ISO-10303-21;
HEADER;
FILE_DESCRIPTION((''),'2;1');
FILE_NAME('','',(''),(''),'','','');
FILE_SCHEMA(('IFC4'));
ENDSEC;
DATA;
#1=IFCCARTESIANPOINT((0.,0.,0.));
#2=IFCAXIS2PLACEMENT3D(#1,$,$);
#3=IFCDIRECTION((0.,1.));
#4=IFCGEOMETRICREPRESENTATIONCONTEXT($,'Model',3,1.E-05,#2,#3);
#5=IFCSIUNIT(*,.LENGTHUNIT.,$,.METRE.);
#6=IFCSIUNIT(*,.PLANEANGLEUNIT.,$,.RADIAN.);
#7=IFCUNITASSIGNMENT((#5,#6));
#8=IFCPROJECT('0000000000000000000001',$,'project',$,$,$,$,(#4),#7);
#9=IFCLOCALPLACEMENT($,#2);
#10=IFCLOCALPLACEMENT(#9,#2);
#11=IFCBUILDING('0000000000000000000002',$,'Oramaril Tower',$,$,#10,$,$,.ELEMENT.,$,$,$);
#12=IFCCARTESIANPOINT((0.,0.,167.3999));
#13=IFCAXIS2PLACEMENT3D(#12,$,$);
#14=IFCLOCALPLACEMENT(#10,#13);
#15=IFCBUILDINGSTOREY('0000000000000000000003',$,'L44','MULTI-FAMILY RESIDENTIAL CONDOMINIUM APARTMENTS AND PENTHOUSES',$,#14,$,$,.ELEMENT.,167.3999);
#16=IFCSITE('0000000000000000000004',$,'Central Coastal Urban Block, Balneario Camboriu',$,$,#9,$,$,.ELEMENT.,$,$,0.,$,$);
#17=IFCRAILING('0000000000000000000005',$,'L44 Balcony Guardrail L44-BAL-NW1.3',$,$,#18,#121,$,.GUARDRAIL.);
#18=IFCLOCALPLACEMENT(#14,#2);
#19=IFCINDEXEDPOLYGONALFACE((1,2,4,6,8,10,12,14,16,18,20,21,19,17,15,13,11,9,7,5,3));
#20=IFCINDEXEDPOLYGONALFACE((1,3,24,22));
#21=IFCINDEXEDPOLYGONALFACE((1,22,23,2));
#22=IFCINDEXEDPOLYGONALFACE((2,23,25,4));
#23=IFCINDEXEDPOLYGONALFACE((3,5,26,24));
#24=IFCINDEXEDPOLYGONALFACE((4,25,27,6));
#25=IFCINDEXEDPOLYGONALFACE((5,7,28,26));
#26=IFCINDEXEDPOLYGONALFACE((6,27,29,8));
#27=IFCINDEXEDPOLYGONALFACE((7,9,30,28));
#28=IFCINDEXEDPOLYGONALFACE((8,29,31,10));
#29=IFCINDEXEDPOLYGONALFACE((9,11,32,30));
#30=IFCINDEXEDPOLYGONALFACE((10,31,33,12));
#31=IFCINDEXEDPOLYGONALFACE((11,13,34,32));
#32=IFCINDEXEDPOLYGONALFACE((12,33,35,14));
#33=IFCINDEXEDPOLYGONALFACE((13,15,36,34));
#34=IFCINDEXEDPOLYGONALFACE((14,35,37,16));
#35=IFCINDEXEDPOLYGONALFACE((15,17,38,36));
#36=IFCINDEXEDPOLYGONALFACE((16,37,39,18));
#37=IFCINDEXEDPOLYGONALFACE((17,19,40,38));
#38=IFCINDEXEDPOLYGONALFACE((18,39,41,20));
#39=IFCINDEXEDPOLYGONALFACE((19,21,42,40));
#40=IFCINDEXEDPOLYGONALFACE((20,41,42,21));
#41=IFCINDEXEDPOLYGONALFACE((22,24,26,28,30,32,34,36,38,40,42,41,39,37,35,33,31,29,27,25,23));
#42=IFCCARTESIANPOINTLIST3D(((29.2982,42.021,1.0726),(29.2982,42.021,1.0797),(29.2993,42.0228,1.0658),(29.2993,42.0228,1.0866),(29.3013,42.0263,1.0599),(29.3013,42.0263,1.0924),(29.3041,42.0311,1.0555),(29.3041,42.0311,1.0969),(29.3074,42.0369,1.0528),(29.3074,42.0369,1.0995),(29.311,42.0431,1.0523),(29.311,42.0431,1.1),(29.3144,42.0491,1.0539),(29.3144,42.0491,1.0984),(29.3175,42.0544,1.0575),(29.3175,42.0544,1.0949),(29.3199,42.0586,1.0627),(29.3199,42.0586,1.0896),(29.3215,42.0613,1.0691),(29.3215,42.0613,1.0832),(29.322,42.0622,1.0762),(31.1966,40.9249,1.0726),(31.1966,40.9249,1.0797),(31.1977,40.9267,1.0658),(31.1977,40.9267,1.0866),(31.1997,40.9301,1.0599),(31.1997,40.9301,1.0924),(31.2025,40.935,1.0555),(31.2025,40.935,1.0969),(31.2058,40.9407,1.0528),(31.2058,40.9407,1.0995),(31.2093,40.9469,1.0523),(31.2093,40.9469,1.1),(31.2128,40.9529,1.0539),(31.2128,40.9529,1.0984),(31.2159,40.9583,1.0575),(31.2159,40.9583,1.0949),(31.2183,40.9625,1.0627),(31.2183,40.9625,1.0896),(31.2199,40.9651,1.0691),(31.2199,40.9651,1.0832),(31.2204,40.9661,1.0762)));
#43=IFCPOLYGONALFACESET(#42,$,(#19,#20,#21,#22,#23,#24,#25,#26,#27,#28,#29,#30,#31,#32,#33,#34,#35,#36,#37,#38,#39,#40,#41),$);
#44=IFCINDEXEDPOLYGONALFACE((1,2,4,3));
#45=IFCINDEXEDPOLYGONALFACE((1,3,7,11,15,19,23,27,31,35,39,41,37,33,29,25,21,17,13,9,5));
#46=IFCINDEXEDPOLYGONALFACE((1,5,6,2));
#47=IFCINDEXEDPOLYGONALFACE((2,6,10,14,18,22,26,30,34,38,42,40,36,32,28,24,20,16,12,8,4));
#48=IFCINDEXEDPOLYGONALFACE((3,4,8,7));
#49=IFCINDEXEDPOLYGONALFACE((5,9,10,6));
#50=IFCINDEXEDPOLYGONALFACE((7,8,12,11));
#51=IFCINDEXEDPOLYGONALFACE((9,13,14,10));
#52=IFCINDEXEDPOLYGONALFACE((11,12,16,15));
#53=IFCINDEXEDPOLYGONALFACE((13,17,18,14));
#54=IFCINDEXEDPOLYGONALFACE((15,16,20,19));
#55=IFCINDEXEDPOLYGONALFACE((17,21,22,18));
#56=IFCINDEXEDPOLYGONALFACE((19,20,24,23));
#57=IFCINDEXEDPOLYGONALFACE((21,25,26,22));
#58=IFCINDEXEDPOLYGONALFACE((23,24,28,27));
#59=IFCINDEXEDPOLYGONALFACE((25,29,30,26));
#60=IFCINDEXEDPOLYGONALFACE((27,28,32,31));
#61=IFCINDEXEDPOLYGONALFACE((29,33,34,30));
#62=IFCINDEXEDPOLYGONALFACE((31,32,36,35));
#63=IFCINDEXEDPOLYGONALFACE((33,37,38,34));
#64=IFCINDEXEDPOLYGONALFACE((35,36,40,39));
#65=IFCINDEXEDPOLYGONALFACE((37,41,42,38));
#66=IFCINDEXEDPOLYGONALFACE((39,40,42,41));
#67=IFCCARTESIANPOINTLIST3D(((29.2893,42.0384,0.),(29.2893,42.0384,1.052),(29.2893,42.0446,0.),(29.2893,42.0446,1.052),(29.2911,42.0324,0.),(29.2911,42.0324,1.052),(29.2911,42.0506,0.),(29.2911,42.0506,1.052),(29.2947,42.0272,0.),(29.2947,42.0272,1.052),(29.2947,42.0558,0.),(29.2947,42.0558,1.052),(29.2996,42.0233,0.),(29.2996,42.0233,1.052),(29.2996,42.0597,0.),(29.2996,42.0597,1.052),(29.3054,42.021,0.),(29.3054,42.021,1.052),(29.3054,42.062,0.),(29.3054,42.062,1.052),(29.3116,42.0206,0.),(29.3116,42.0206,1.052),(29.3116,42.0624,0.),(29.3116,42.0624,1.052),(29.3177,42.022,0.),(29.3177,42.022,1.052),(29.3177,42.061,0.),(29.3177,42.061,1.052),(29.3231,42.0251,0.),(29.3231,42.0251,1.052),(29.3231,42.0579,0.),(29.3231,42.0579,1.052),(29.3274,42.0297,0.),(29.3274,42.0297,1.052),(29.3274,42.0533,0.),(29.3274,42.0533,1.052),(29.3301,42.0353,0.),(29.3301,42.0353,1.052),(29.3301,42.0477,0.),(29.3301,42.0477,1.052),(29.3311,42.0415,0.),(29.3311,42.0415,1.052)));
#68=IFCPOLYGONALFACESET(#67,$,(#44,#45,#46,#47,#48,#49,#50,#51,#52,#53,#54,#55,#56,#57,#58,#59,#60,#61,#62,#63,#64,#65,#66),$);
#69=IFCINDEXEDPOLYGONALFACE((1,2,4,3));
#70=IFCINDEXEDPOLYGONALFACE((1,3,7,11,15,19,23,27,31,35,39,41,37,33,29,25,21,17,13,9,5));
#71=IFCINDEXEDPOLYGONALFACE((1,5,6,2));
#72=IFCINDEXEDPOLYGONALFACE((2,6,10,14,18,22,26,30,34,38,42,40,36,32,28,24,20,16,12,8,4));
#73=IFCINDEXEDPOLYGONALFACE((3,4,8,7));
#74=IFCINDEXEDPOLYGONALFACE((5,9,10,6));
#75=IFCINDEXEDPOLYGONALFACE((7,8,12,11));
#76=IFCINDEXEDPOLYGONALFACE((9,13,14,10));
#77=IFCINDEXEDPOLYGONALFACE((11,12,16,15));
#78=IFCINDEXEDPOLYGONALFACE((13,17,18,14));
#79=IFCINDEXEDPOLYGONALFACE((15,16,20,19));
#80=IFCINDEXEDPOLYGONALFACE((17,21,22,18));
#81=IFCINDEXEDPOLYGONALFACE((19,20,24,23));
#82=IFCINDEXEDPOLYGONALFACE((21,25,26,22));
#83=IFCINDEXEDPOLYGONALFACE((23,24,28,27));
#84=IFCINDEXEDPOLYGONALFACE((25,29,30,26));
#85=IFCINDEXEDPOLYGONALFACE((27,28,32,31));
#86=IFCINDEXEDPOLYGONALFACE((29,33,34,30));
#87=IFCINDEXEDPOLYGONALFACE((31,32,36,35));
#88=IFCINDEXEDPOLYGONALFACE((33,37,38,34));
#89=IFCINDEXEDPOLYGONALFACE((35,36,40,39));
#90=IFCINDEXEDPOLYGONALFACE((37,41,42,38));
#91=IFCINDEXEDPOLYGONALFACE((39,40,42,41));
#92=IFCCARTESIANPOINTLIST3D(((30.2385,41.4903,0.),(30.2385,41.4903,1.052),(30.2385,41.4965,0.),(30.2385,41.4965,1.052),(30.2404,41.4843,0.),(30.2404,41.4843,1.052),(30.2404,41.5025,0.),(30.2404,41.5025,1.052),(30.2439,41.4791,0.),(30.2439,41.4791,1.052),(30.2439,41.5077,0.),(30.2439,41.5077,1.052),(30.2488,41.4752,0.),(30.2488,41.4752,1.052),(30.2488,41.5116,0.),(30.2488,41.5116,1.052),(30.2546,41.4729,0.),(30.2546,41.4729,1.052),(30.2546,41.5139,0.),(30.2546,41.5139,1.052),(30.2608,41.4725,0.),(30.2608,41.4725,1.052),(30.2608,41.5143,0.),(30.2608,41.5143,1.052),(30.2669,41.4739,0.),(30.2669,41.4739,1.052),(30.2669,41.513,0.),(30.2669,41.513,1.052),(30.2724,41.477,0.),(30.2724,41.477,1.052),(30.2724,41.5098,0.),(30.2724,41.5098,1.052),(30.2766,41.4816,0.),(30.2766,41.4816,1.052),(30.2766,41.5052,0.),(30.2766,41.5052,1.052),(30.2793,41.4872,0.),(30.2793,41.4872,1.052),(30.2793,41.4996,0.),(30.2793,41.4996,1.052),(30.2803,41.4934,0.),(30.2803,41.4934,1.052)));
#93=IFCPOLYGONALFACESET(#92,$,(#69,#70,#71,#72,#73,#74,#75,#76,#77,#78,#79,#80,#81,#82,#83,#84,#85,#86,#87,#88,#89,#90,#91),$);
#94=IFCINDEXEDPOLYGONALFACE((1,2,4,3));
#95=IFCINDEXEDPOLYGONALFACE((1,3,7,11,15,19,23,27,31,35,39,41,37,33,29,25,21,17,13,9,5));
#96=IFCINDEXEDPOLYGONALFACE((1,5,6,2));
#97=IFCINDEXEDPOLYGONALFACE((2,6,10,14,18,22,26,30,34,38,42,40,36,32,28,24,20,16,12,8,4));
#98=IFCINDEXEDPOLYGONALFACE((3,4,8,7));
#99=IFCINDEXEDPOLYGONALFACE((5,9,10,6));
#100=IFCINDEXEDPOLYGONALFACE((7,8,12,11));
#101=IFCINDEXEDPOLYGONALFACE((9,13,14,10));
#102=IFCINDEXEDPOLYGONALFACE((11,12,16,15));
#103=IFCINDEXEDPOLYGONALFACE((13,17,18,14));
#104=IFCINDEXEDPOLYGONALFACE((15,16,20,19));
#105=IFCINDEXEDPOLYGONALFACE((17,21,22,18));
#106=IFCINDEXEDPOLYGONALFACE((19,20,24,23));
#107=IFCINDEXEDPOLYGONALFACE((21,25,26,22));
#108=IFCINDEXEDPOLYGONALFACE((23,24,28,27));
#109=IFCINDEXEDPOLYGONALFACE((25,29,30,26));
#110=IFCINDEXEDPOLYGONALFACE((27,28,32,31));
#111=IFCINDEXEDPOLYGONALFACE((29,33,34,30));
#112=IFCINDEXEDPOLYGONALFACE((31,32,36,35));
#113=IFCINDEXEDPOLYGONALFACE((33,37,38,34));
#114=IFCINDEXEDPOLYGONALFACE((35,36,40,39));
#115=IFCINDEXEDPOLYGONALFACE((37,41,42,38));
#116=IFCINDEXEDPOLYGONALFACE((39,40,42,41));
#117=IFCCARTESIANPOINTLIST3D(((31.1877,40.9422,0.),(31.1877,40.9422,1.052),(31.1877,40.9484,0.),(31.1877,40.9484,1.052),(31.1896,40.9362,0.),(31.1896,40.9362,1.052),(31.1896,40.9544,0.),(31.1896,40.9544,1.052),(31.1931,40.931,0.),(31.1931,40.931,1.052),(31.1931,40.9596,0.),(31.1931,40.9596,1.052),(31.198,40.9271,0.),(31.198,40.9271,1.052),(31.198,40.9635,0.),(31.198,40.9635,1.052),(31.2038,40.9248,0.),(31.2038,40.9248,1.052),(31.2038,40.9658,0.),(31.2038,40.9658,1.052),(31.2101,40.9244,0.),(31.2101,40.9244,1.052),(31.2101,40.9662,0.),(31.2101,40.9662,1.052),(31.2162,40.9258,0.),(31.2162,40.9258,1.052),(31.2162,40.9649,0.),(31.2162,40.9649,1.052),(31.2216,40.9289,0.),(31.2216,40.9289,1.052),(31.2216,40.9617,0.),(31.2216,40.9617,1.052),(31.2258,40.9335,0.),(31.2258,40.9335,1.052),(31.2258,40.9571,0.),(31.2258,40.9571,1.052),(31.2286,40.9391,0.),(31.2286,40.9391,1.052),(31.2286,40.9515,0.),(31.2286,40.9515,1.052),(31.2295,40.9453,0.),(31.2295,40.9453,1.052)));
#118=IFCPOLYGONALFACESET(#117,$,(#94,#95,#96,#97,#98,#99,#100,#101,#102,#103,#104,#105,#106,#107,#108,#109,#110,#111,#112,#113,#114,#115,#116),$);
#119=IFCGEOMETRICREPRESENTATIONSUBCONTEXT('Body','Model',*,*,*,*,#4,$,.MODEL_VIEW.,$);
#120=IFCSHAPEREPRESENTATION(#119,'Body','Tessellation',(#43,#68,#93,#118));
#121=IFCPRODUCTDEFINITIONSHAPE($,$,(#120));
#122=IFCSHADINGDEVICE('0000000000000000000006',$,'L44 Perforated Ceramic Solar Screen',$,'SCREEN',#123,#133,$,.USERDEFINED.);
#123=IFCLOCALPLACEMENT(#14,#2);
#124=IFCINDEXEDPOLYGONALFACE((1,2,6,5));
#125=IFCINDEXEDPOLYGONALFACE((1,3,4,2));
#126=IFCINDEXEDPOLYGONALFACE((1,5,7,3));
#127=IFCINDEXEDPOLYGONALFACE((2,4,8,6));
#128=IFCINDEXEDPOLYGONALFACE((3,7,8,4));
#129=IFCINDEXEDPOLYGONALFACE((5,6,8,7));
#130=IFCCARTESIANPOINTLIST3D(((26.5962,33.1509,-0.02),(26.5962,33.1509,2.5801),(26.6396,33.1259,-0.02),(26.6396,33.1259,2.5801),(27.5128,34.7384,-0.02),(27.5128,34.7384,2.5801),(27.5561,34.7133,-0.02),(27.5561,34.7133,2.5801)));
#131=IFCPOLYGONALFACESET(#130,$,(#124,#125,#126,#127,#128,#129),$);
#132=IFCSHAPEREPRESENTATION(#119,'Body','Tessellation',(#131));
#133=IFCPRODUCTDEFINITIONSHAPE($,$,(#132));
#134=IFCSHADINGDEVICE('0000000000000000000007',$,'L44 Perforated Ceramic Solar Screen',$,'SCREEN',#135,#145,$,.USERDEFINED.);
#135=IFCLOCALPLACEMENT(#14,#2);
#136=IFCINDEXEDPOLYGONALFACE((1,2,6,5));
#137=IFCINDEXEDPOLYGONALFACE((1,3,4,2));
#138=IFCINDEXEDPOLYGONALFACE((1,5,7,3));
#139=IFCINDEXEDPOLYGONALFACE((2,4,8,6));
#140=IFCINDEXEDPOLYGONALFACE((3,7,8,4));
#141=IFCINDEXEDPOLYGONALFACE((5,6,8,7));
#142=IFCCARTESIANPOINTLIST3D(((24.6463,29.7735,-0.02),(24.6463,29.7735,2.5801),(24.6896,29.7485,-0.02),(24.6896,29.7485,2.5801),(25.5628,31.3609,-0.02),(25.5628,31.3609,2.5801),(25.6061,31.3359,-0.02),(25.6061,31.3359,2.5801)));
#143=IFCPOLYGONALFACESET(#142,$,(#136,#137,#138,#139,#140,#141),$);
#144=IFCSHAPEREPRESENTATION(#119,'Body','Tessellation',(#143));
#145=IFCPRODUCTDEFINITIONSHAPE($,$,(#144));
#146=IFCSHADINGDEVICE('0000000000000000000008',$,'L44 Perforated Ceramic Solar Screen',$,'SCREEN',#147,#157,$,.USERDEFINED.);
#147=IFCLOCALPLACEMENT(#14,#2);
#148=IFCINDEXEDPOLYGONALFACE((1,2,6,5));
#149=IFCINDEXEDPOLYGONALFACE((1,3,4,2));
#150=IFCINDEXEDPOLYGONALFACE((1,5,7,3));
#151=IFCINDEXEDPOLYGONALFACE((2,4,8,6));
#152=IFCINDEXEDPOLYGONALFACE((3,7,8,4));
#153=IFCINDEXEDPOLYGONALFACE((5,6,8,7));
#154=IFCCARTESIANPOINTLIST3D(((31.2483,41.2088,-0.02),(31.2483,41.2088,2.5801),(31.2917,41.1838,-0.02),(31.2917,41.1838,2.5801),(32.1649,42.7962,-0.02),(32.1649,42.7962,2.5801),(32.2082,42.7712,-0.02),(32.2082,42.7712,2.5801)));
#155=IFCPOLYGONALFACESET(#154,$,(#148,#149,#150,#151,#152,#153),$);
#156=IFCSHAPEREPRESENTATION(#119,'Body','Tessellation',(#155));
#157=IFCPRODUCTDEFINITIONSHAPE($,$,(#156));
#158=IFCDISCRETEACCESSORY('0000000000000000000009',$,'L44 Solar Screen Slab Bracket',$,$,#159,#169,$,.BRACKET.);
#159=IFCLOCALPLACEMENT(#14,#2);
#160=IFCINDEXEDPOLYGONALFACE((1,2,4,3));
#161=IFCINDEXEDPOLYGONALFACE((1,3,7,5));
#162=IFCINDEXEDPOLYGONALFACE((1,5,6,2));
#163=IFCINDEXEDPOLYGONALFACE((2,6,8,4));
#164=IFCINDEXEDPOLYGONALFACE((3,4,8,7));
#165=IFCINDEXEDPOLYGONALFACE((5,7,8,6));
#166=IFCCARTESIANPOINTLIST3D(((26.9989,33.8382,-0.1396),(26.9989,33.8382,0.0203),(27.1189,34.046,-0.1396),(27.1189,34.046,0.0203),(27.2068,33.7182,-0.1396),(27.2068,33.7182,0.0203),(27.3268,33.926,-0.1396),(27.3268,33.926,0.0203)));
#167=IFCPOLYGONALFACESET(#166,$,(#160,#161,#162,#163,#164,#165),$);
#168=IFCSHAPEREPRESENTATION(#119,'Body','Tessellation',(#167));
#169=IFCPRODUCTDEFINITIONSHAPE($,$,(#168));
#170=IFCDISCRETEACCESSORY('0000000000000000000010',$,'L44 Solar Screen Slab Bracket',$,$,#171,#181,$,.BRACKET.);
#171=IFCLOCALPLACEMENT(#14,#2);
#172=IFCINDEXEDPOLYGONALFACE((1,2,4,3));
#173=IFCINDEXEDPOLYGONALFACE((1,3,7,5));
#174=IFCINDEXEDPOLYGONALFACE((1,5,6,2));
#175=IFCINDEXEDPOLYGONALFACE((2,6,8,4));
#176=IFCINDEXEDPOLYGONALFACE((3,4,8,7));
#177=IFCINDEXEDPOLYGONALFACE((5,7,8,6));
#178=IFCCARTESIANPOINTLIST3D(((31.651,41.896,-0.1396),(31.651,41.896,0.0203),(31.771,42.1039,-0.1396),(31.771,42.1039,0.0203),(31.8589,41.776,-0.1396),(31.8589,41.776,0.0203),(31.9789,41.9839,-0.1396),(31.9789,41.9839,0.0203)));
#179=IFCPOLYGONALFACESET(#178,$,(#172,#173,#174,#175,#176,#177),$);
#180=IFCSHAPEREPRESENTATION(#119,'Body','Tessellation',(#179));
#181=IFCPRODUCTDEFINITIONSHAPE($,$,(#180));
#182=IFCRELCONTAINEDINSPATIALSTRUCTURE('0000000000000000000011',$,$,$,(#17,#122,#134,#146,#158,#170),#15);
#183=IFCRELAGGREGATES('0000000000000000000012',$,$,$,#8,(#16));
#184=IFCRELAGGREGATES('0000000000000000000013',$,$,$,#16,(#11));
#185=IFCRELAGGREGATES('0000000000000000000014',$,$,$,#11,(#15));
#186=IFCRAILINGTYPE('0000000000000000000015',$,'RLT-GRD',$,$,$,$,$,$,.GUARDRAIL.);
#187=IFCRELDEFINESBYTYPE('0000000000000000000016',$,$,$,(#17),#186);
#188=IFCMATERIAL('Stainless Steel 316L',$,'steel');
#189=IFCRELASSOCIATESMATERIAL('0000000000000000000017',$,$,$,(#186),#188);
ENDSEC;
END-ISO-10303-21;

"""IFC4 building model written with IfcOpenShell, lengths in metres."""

from ifc_helpers import new_model, si_unit, direction, frame, origin, origin_2d, place, context, subcontext, project, spatial, rectangle, circle, extrude, material, type_object, element, save


model = new_model("IFC4")

# Units and contexts
model_context = context("Model", 3, precision=1e-05, world=origin(), true_north=direction((0.0, 1.0)))
body_context = subcontext(model_context, "Body", "Model", "MODEL_VIEW")
ifc_project = project(units=[si_unit("LENGTHUNIT", "METRE"), si_unit("PLANEANGLEUNIT", "RADIAN")], contexts=[model_context])

# Site, building, storey
site_placement = place(None, origin())
site = spatial("IfcSite", under=ifc_project, at=site_placement, Name="Central Coastal Urban Block, Balneario Camboriu", CompositionType="ELEMENT", RefElevation=0.0)
building_placement = place(site_placement, origin())
building = spatial("IfcBuilding", under=site, at=building_placement, Name="Oramaril Tower", CompositionType="ELEMENT")
storey_placement = place(building_placement, frame((0.0, 0.0, 167.3999)))
storey = spatial("IfcBuildingStorey", under=building, at=storey_placement, Name="L44", Description="MULTI-FAMILY RESIDENTIAL CONDOMINIUM APARTMENTS AND PENTHOUSES", CompositionType="ELEMENT", Elevation=167.3999)

# Railing
ifc_material_1 = material(Name="Stainless Steel 316L", Category="steel")
railing_type = type_object("IfcRailingType", Name="RLT-GRD", PredefinedType="GUARDRAIL", material=ifc_material_1)
railing_1_placement = place(storey_placement, frame((29.3101, 42.0415, 0.0)))
element("IfcRailing", 1, at=railing_1_placement, inside=storey, type_object=railing_type, Name="L44 Balcony Guardrail L44-BAL-NW1.3", PredefinedType="GUARDRAIL", context=body_context, shape_type="SweptSolid", body=[
    extrude(circle(Radius=0.0239, at=origin_2d()), frame((0.0, 0.0, 1.0762), z_axis=(0.866, -0.500044, 0.0), x_axis=(0.500044, 0.866, 0.0)), (0.0, 0.0, 1.0), 2.1921),
    extrude(circle(Radius=0.021, at=origin_2d()), origin(), (0.0, 0.0, 1.0), 1.052),
    extrude(circle(Radius=0.021, at=origin_2d()), frame((0.9492, -0.5481, 0.0)), (0.0, 0.0, 1.0), 1.052),
    extrude(circle(Radius=0.021, at=origin_2d()), frame((1.8984, -1.0962, 0.0)), (0.0, 0.0, 1.0), 1.052),
])

# Shading devices
for number, where, z_axis, x_axis, name in (
    (2, (27.0762, 33.9321, -0.02), (0.0, 0.0, 1.0), (-0.5, -0.866025, 0.0), "L44 Perforated Ceramic Solar Screen"),
    (3, (25.1262, 30.5547, -0.02), (0.0, 0.0, 1.0), (-0.5, -0.866025, 0.0), "L44 Perforated Ceramic Solar Screen"),
    (4, (31.7283, 41.99, -0.02), (0.0, 0.0, 1.0), (-0.5, -0.866025, 0.0), "L44 Perforated Ceramic Solar Screen"),
):
    element("IfcShadingDevice", number, at=place(storey_placement, frame(where, z_axis=z_axis, x_axis=x_axis)), inside=storey, Name=name, ObjectType="SCREEN", PredefinedType="USERDEFINED", context=body_context, shape_type="SweptSolid", body=[
        extrude(rectangle(XDim=1.833, YDim=0.05, at=origin_2d()), origin(), (0.0, 0.0, 1.0), 2.6001),
    ])

# Discrete accessories
for number, where, z_axis, x_axis, name in (
    (5, (27.1628, 33.8821, -0.1396), (0.0, 0.0, 1.0), (-0.5, -0.866025, 0.0), "L44 Solar Screen Slab Bracket"),
    (6, (31.8149, 41.9399, -0.1396), (0.0, 0.0, 1.0), (-0.5, -0.866025, 0.0), "L44 Solar Screen Slab Bracket"),
):
    element("IfcDiscreteAccessory", number, at=place(storey_placement, frame(where, z_axis=z_axis, x_axis=x_axis)), inside=storey, Name=name, PredefinedType="BRACKET", context=body_context, shape_type="SweptSolid", body=[
        extrude(rectangle(XDim=0.24, YDim=0.24, at=origin_2d()), origin(), (0.0, 0.0, 1.0), 0.1599),
    ])

save(model, "model.ifc")
